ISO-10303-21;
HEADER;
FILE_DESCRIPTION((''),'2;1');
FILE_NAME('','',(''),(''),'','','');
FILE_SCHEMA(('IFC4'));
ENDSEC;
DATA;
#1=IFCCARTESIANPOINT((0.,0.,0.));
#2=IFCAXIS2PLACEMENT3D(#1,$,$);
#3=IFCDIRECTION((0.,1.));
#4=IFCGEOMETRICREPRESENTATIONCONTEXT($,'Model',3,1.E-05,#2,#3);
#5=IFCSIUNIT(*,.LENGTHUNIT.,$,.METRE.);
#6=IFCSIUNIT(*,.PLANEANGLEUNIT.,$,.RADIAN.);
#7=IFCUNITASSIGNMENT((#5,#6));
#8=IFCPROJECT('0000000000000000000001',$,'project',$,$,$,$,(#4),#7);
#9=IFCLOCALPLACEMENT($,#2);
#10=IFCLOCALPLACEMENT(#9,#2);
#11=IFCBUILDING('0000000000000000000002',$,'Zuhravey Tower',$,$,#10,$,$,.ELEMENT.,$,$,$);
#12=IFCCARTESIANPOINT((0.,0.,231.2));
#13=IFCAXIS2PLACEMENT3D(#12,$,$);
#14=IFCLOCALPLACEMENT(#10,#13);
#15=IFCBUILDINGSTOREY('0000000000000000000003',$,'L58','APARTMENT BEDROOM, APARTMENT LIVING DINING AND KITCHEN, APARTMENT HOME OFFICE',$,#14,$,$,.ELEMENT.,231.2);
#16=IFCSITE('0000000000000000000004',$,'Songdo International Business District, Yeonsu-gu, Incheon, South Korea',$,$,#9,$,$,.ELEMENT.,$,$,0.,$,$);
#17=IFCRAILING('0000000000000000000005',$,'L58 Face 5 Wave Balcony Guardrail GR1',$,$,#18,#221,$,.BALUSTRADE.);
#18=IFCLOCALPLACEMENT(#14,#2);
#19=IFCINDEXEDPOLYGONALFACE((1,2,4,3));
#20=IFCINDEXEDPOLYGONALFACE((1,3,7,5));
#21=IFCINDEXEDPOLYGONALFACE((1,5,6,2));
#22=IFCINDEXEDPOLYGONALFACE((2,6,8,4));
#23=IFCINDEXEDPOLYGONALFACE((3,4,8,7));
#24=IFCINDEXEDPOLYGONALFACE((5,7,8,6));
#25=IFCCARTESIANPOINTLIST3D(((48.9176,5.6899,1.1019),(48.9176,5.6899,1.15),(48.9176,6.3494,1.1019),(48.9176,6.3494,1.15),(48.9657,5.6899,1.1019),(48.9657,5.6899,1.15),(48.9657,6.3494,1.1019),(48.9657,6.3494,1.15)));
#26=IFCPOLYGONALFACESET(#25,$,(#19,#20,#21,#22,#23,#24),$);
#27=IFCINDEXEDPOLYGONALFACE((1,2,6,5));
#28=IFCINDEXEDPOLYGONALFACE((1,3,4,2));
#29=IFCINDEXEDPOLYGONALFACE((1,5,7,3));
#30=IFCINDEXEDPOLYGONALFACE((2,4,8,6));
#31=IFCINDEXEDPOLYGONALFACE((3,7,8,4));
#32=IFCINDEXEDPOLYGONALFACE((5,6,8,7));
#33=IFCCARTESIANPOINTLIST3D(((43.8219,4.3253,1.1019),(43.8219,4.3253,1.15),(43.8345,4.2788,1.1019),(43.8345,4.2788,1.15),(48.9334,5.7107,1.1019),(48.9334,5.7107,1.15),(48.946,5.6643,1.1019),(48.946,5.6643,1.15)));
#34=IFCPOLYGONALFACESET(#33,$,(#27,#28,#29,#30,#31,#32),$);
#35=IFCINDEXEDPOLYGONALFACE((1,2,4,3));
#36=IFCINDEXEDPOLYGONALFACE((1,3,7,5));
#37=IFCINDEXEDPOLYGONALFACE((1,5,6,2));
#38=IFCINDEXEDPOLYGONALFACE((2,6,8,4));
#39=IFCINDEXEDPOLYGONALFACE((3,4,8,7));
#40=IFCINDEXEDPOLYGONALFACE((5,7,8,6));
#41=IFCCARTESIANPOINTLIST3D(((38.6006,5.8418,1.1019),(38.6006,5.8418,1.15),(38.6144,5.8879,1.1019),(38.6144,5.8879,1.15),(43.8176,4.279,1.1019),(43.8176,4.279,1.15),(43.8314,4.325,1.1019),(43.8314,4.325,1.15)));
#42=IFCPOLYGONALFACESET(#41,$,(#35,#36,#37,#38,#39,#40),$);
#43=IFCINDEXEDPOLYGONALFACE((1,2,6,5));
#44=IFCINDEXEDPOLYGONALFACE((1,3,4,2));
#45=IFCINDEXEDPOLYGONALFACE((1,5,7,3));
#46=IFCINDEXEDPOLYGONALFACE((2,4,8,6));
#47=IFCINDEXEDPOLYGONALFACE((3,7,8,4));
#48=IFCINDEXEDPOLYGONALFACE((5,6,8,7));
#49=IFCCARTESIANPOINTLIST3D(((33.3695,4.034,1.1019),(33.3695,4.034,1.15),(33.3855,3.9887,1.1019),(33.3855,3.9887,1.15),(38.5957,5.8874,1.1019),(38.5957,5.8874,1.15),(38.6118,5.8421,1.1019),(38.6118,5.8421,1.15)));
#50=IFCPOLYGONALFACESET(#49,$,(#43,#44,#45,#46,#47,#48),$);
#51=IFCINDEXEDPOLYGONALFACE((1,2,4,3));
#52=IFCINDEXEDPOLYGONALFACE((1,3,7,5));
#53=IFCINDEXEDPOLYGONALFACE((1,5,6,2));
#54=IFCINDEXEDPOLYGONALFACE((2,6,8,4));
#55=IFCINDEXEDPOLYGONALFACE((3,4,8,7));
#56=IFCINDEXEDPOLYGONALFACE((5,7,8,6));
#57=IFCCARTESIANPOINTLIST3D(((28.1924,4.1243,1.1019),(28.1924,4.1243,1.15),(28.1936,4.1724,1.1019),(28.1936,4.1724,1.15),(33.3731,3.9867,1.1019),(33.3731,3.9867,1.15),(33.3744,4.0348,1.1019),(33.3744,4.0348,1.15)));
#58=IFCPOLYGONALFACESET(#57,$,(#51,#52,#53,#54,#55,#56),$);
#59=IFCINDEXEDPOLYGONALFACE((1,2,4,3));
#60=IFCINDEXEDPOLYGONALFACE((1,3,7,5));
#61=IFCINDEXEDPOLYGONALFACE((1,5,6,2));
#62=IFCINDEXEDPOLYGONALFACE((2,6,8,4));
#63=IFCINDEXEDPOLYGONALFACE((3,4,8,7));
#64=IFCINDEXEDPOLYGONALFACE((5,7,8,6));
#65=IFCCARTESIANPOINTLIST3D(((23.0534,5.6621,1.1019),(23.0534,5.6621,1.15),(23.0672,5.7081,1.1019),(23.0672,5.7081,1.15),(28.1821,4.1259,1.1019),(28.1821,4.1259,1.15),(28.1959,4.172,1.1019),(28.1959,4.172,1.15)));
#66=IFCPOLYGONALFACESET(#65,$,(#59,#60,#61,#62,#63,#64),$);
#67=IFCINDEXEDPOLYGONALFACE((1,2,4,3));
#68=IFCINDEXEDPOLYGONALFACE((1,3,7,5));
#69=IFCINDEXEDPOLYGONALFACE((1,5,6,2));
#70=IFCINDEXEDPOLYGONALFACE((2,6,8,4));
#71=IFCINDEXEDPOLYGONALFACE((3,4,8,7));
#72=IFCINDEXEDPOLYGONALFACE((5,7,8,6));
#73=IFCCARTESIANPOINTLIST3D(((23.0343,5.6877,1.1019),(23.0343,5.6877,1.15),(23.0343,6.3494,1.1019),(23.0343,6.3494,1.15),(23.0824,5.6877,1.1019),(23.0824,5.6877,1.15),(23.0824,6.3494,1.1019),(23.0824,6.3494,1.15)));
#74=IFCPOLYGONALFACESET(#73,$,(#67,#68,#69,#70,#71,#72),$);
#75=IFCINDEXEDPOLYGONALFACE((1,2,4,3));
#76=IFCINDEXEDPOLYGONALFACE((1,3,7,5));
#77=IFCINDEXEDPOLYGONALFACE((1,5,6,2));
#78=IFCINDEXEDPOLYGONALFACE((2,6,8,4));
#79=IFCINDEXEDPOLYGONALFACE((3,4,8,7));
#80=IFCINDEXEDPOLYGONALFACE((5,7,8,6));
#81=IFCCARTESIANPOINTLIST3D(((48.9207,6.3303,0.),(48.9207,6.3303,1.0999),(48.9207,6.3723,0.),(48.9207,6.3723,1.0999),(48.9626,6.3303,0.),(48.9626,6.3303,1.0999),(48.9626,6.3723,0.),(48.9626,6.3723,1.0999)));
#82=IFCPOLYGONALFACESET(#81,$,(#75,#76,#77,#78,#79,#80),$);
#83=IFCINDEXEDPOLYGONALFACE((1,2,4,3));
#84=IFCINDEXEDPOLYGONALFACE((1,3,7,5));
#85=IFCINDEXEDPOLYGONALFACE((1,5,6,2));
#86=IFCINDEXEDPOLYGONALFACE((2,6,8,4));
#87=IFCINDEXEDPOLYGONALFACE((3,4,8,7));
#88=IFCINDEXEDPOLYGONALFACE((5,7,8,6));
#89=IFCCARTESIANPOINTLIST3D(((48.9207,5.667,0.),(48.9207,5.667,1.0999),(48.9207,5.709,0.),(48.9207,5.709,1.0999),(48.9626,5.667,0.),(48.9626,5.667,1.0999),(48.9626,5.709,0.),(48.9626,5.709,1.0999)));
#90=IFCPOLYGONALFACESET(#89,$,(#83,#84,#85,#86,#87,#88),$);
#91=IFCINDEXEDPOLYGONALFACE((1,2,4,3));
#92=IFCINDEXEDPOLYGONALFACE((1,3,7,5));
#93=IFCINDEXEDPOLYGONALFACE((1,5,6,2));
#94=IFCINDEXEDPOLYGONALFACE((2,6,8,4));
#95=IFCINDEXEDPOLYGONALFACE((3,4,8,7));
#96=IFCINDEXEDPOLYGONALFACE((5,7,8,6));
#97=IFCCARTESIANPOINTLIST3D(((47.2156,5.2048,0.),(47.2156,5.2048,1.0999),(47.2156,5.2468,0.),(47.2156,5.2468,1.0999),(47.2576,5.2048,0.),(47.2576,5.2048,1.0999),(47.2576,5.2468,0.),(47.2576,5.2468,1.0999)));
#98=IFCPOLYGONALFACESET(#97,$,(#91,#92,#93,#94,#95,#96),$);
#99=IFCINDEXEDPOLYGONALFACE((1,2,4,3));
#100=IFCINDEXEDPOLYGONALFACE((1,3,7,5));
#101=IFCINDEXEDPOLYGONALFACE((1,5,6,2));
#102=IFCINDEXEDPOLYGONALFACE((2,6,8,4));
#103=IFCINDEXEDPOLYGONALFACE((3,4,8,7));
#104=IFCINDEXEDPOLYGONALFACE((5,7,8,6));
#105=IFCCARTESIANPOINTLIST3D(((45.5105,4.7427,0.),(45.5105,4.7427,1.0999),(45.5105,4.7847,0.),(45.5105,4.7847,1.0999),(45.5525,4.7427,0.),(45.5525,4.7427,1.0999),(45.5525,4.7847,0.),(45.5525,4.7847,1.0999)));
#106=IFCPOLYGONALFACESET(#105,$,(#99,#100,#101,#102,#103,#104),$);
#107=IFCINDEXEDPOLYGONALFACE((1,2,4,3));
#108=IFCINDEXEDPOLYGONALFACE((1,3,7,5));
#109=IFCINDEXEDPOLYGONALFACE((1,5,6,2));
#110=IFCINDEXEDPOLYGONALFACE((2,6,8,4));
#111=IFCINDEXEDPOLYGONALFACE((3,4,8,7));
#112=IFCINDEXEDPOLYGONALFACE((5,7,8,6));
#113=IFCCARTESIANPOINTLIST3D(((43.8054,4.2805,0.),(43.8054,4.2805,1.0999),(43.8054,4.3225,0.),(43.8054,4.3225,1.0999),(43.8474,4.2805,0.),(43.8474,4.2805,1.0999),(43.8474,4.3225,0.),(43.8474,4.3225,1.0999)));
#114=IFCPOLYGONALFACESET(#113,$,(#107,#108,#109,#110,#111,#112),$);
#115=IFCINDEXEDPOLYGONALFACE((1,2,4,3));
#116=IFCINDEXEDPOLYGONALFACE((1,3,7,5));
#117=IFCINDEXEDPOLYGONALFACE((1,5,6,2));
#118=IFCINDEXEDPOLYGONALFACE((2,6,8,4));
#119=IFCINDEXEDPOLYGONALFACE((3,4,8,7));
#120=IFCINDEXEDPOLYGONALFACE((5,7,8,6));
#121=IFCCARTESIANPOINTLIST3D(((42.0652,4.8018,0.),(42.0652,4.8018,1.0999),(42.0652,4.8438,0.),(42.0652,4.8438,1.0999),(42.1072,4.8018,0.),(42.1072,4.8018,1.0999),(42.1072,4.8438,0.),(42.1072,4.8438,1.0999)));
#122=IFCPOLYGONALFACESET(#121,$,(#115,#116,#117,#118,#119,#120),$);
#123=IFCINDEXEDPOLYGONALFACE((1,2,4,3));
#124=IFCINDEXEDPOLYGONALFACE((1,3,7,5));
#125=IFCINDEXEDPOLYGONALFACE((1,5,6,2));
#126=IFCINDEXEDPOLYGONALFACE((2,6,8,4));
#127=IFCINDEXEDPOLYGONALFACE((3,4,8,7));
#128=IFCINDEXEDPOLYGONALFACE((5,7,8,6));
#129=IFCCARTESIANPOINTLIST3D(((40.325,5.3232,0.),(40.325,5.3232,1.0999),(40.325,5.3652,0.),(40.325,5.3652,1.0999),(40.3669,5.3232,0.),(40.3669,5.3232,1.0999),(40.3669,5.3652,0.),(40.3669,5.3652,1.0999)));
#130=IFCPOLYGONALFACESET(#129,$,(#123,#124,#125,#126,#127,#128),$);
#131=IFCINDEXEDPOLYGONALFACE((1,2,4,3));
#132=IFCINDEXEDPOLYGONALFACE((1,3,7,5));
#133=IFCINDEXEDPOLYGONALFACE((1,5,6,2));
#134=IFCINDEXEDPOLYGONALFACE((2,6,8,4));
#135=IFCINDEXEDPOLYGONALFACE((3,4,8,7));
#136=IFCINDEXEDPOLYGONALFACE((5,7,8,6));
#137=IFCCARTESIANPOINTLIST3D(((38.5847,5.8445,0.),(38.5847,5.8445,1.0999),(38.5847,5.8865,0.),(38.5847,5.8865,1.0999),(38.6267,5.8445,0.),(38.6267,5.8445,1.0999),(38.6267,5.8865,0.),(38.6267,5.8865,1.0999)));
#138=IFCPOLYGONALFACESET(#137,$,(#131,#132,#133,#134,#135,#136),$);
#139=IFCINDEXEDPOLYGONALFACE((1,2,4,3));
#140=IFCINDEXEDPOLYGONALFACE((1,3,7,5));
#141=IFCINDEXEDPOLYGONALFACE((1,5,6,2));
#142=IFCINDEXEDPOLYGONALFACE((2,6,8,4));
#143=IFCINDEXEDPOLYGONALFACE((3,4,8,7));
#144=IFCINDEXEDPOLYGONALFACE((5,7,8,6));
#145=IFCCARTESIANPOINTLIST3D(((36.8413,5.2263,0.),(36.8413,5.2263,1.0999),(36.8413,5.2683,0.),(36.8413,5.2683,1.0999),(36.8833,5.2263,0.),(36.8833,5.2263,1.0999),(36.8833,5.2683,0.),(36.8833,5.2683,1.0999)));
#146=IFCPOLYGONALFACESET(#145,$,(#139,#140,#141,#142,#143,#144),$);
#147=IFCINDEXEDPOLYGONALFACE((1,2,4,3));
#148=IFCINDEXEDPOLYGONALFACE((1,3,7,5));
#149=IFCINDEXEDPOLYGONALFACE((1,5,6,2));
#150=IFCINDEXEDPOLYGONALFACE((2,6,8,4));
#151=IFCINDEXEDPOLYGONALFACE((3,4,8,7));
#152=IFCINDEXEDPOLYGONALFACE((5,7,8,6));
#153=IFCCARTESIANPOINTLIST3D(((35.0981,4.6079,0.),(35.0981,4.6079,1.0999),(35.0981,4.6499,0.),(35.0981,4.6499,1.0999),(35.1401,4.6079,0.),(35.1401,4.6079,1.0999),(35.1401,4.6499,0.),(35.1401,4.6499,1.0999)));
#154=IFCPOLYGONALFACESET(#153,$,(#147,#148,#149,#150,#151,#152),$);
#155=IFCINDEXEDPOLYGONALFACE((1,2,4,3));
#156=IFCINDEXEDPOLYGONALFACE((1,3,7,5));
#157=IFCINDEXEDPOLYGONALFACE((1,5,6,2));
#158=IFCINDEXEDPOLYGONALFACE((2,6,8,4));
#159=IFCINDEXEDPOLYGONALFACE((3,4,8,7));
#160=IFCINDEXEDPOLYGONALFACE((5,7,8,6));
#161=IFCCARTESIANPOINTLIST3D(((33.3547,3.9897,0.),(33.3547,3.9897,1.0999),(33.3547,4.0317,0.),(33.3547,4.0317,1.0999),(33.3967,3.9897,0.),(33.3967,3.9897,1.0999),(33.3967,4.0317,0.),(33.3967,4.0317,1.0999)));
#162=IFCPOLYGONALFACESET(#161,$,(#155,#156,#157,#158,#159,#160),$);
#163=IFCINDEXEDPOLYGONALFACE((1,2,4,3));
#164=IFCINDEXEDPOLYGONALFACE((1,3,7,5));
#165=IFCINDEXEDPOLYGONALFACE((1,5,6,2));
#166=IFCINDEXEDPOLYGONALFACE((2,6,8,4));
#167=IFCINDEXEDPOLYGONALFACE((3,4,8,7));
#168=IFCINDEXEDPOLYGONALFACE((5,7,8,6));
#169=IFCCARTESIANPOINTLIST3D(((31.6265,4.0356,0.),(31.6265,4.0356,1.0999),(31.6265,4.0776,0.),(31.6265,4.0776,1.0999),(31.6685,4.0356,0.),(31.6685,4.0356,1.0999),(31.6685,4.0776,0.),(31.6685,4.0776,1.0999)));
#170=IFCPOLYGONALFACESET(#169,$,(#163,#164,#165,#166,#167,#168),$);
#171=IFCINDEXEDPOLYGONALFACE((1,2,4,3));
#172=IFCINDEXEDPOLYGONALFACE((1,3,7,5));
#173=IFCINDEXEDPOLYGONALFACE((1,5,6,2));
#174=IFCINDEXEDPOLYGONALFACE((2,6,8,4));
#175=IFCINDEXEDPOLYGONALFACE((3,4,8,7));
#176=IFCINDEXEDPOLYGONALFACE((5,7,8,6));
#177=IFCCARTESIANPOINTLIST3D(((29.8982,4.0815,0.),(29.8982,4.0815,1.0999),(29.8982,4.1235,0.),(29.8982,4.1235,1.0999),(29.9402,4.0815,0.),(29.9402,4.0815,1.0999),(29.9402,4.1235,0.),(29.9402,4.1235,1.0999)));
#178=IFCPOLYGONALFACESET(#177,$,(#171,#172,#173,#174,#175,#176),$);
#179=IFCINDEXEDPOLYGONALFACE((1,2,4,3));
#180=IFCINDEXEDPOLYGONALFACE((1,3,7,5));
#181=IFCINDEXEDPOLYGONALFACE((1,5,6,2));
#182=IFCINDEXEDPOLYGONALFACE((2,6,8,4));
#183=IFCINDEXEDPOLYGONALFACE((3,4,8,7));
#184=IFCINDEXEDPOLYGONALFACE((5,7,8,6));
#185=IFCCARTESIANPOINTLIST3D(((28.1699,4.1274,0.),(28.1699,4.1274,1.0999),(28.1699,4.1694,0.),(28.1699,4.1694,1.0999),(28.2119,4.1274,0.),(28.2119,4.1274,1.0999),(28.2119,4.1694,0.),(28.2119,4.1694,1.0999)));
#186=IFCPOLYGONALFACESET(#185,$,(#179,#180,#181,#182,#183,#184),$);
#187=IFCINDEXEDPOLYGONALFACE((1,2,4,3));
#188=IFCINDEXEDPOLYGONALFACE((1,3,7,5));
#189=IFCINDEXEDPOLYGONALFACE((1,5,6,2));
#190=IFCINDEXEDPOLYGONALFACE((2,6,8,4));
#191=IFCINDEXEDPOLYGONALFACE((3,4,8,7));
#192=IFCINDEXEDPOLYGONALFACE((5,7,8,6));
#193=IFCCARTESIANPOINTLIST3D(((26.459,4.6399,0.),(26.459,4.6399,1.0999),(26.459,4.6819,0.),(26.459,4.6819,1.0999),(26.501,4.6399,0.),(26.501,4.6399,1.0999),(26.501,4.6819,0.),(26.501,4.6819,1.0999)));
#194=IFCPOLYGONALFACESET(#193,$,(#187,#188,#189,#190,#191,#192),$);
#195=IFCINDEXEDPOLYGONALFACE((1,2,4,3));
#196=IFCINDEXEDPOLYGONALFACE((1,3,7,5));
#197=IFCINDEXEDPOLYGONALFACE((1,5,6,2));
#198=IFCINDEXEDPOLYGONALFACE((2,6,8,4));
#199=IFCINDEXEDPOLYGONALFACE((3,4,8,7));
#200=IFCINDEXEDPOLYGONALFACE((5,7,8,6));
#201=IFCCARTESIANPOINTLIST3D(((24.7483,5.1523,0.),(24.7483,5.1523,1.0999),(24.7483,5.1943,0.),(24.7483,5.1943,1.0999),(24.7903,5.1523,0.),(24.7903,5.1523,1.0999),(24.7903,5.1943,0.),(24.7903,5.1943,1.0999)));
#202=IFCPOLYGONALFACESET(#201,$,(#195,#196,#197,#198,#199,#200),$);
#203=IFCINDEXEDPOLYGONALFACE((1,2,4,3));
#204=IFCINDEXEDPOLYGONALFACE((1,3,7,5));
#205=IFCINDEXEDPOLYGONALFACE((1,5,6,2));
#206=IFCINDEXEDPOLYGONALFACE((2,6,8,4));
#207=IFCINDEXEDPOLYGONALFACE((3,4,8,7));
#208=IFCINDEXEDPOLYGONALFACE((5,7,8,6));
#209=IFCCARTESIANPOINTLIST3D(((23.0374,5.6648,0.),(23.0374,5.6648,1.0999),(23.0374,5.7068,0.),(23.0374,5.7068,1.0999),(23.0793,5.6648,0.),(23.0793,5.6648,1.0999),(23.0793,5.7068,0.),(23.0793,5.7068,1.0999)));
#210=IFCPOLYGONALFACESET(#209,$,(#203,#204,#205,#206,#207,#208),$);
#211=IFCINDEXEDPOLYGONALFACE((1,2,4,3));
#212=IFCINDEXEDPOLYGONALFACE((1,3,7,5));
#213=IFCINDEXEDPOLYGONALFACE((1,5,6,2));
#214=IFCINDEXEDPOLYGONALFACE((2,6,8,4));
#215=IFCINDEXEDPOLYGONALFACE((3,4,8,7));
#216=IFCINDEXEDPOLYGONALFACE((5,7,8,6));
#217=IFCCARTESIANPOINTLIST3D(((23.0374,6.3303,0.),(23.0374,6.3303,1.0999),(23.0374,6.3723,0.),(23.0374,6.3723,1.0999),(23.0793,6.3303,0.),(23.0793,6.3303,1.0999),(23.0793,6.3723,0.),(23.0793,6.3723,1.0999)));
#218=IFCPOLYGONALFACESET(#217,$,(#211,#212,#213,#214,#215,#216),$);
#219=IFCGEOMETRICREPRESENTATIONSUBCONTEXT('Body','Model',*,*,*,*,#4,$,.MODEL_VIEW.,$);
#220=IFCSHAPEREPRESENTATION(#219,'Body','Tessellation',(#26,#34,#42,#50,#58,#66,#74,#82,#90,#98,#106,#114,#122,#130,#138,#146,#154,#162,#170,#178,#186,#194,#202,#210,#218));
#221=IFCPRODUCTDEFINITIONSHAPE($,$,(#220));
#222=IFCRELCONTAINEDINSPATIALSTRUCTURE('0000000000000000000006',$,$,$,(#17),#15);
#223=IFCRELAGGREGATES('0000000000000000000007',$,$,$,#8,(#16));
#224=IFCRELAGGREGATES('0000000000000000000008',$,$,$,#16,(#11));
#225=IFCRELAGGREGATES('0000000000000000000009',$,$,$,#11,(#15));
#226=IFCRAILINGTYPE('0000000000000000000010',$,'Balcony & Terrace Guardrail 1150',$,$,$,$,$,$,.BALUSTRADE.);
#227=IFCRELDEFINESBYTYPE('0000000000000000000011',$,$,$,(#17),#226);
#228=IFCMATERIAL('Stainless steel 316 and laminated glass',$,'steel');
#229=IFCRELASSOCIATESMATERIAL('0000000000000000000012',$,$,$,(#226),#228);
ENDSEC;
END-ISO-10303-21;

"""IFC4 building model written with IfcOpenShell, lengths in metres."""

from ifc_helpers import new_model, si_unit, direction, frame, origin, origin_2d, place, context, subcontext, project, spatial, rectangle, extrude, material, type_object, element, save


model = new_model("IFC4")

# Units and contexts
model_context = context("Model", 3, precision=1e-05, world=origin(), true_north=direction((0.0, 1.0)))
body_context = subcontext(model_context, "Body", "Model", "MODEL_VIEW")
ifc_project = project(units=[si_unit("LENGTHUNIT", "METRE"), si_unit("PLANEANGLEUNIT", "RADIAN")], contexts=[model_context])

# Site, building, storey
site_placement = place(None, origin())
site = spatial("IfcSite", under=ifc_project, at=site_placement, Name="Songdo International Business District, Yeonsu-gu, Incheon, South Korea", CompositionType="ELEMENT", RefElevation=0.0)
building_placement = place(site_placement, origin())
building = spatial("IfcBuilding", under=site, at=building_placement, Name="Zuhravey Tower", CompositionType="ELEMENT")
storey_placement = place(building_placement, frame((0.0, 0.0, 231.2)))
storey = spatial("IfcBuildingStorey", under=building, at=storey_placement, Name="L58", Description="APARTMENT BEDROOM, APARTMENT LIVING DINING AND KITCHEN, APARTMENT HOME OFFICE", CompositionType="ELEMENT", Elevation=231.2)

# Railing
ifc_material_1 = material(Name="Stainless steel 316 and laminated glass", Category="steel")
railing_type = type_object("IfcRailingType", Name="Balcony & Terrace Guardrail 1150", PredefinedType="BALUSTRADE", material=ifc_material_1)
railing_placement = place(storey_placement, frame((48.9417, 6.3513, 0.0)))
element("IfcRailing", 1, at=railing_placement, inside=storey, type_object=railing_type, Name="L58 Face 5 Wave Balcony Guardrail GR1", PredefinedType="BALUSTRADE", context=body_context, shape_type="SweptSolid", body=[
    extrude(rectangle(XDim=0.0481, YDim=0.0481, at=origin_2d()), frame((0.0, -0.002, 1.126), z_axis=(0.0, -1.0, 0.0), x_axis=(1.0, 0.0, 0.0)), (0.0, 0.0, 1.0), 0.6594),
    extrude(rectangle(XDim=0.0481, YDim=0.0481, at=origin_2d()), frame((-0.002, -0.6638, 1.126), z_axis=(-0.965174, -0.261609, 0.0), x_axis=(0.261609, -0.965174, 0.0)), (0.0, 0.0, 1.0), 5.2959),
    extrude(rectangle(XDim=0.0481, YDim=0.0481, at=origin_2d()), frame((-5.1172, -2.0493, 1.126), z_axis=(-0.95794, 0.28697, 0.0), x_axis=(-0.28697, -0.95794, 0.0)), (0.0, 0.0, 1.0), 5.446),
    extrude(rectangle(XDim=0.0481, YDim=0.0481, at=origin_2d()), frame((-10.3379, -0.4866, 1.126), z_axis=(-0.942488, -0.33424, 0.0), x_axis=(0.33424, -0.942488, 0.0)), (0.0, 0.0, 1.0), 5.5452),
    extrude(rectangle(XDim=0.0481, YDim=0.0481, at=origin_2d()), frame((-15.5679, -2.3406, 1.126), z_axis=(-0.999648, 0.026548, 0.0), x_axis=(-0.026548, -0.999648, 0.0)), (0.0, 0.0, 1.0), 5.1826),
    extrude(rectangle(XDim=0.0481, YDim=0.0481, at=origin_2d()), frame((-20.7527, -2.2024, 1.126), z_axis=(-0.95795, 0.286934, 0.0), x_axis=(-0.286934, -0.95795, 0.0)), (0.0, 0.0, 1.0), 5.3538),
    extrude(rectangle(XDim=0.0481, YDim=0.0481, at=origin_2d()), frame((-25.8833, -0.6636, 1.126), z_axis=(0.0, 1.0, 0.0), x_axis=(-1.0, 0.0, 0.0)), (0.0, 0.0, 1.0), 0.6616),
    extrude(rectangle(XDim=0.042, YDim=0.042, at=origin_2d()), origin(), (0.0, 0.0, 1.0), 1.0999),
    extrude(rectangle(XDim=0.042, YDim=0.042, at=origin_2d()), frame((0.0, -0.6633, 0.0)), (0.0, 0.0, 1.0), 1.0999),
    extrude(rectangle(XDim=0.042, YDim=0.042, at=origin_2d()), frame((-1.7051, -1.1255, 0.0)), (0.0, 0.0, 1.0), 1.0999),
    extrude(rectangle(XDim=0.042, YDim=0.042, at=origin_2d()), frame((-3.4102, -1.5876, 0.0)), (0.0, 0.0, 1.0), 1.0999),
    extrude(rectangle(XDim=0.042, YDim=0.042, at=origin_2d()), frame((-5.1152, -2.0498, 0.0)), (0.0, 0.0, 1.0), 1.0999),
    extrude(rectangle(XDim=0.042, YDim=0.042, at=origin_2d()), frame((-6.8555, -1.5286, 0.0)), (0.0, 0.0, 1.0), 1.0999),
    extrude(rectangle(XDim=0.042, YDim=0.042, at=origin_2d()), frame((-8.5957, -1.0071, 0.0)), (0.0, 0.0, 1.0), 1.0999),
    extrude(rectangle(XDim=0.042, YDim=0.042, at=origin_2d()), frame((-10.3359, -0.4858, 0.0)), (0.0, 0.0, 1.0), 1.0999),
    extrude(rectangle(XDim=0.042, YDim=0.042, at=origin_2d()), frame((-12.0793, -1.104, 0.0)), (0.0, 0.0, 1.0), 1.0999),
    extrude(rectangle(XDim=0.042, YDim=0.042, at=origin_2d()), frame((-13.8225, -1.7224, 0.0)), (0.0, 0.0, 1.0), 1.0999),
    extrude(rectangle(XDim=0.042, YDim=0.042, at=origin_2d()), frame((-15.5659, -2.3406, 0.0)), (0.0, 0.0, 1.0), 1.0999),
    extrude(rectangle(XDim=0.042, YDim=0.042, at=origin_2d()), frame((-17.2942, -2.2947, 0.0)), (0.0, 0.0, 1.0), 1.0999),
    extrude(rectangle(XDim=0.042, YDim=0.042, at=origin_2d()), frame((-19.0225, -2.2488, 0.0)), (0.0, 0.0, 1.0), 1.0999),
    extrude(rectangle(XDim=0.042, YDim=0.042, at=origin_2d()), frame((-20.7507, -2.2029, 0.0)), (0.0, 0.0, 1.0), 1.0999),
    extrude(rectangle(XDim=0.042, YDim=0.042, at=origin_2d()), frame((-22.4617, -1.6904, 0.0)), (0.0, 0.0, 1.0), 1.0999),
    extrude(rectangle(XDim=0.042, YDim=0.042, at=origin_2d()), frame((-24.1724, -1.178, 0.0)), (0.0, 0.0, 1.0), 1.0999),
    extrude(rectangle(XDim=0.042, YDim=0.042, at=origin_2d()), frame((-25.8833, -0.6655, 0.0)), (0.0, 0.0, 1.0), 1.0999),
    extrude(rectangle(XDim=0.042, YDim=0.042, at=origin_2d()), frame((-25.8833, 0.0, 0.0)), (0.0, 0.0, 1.0), 1.0999),
])

save(model, "model.ifc")
